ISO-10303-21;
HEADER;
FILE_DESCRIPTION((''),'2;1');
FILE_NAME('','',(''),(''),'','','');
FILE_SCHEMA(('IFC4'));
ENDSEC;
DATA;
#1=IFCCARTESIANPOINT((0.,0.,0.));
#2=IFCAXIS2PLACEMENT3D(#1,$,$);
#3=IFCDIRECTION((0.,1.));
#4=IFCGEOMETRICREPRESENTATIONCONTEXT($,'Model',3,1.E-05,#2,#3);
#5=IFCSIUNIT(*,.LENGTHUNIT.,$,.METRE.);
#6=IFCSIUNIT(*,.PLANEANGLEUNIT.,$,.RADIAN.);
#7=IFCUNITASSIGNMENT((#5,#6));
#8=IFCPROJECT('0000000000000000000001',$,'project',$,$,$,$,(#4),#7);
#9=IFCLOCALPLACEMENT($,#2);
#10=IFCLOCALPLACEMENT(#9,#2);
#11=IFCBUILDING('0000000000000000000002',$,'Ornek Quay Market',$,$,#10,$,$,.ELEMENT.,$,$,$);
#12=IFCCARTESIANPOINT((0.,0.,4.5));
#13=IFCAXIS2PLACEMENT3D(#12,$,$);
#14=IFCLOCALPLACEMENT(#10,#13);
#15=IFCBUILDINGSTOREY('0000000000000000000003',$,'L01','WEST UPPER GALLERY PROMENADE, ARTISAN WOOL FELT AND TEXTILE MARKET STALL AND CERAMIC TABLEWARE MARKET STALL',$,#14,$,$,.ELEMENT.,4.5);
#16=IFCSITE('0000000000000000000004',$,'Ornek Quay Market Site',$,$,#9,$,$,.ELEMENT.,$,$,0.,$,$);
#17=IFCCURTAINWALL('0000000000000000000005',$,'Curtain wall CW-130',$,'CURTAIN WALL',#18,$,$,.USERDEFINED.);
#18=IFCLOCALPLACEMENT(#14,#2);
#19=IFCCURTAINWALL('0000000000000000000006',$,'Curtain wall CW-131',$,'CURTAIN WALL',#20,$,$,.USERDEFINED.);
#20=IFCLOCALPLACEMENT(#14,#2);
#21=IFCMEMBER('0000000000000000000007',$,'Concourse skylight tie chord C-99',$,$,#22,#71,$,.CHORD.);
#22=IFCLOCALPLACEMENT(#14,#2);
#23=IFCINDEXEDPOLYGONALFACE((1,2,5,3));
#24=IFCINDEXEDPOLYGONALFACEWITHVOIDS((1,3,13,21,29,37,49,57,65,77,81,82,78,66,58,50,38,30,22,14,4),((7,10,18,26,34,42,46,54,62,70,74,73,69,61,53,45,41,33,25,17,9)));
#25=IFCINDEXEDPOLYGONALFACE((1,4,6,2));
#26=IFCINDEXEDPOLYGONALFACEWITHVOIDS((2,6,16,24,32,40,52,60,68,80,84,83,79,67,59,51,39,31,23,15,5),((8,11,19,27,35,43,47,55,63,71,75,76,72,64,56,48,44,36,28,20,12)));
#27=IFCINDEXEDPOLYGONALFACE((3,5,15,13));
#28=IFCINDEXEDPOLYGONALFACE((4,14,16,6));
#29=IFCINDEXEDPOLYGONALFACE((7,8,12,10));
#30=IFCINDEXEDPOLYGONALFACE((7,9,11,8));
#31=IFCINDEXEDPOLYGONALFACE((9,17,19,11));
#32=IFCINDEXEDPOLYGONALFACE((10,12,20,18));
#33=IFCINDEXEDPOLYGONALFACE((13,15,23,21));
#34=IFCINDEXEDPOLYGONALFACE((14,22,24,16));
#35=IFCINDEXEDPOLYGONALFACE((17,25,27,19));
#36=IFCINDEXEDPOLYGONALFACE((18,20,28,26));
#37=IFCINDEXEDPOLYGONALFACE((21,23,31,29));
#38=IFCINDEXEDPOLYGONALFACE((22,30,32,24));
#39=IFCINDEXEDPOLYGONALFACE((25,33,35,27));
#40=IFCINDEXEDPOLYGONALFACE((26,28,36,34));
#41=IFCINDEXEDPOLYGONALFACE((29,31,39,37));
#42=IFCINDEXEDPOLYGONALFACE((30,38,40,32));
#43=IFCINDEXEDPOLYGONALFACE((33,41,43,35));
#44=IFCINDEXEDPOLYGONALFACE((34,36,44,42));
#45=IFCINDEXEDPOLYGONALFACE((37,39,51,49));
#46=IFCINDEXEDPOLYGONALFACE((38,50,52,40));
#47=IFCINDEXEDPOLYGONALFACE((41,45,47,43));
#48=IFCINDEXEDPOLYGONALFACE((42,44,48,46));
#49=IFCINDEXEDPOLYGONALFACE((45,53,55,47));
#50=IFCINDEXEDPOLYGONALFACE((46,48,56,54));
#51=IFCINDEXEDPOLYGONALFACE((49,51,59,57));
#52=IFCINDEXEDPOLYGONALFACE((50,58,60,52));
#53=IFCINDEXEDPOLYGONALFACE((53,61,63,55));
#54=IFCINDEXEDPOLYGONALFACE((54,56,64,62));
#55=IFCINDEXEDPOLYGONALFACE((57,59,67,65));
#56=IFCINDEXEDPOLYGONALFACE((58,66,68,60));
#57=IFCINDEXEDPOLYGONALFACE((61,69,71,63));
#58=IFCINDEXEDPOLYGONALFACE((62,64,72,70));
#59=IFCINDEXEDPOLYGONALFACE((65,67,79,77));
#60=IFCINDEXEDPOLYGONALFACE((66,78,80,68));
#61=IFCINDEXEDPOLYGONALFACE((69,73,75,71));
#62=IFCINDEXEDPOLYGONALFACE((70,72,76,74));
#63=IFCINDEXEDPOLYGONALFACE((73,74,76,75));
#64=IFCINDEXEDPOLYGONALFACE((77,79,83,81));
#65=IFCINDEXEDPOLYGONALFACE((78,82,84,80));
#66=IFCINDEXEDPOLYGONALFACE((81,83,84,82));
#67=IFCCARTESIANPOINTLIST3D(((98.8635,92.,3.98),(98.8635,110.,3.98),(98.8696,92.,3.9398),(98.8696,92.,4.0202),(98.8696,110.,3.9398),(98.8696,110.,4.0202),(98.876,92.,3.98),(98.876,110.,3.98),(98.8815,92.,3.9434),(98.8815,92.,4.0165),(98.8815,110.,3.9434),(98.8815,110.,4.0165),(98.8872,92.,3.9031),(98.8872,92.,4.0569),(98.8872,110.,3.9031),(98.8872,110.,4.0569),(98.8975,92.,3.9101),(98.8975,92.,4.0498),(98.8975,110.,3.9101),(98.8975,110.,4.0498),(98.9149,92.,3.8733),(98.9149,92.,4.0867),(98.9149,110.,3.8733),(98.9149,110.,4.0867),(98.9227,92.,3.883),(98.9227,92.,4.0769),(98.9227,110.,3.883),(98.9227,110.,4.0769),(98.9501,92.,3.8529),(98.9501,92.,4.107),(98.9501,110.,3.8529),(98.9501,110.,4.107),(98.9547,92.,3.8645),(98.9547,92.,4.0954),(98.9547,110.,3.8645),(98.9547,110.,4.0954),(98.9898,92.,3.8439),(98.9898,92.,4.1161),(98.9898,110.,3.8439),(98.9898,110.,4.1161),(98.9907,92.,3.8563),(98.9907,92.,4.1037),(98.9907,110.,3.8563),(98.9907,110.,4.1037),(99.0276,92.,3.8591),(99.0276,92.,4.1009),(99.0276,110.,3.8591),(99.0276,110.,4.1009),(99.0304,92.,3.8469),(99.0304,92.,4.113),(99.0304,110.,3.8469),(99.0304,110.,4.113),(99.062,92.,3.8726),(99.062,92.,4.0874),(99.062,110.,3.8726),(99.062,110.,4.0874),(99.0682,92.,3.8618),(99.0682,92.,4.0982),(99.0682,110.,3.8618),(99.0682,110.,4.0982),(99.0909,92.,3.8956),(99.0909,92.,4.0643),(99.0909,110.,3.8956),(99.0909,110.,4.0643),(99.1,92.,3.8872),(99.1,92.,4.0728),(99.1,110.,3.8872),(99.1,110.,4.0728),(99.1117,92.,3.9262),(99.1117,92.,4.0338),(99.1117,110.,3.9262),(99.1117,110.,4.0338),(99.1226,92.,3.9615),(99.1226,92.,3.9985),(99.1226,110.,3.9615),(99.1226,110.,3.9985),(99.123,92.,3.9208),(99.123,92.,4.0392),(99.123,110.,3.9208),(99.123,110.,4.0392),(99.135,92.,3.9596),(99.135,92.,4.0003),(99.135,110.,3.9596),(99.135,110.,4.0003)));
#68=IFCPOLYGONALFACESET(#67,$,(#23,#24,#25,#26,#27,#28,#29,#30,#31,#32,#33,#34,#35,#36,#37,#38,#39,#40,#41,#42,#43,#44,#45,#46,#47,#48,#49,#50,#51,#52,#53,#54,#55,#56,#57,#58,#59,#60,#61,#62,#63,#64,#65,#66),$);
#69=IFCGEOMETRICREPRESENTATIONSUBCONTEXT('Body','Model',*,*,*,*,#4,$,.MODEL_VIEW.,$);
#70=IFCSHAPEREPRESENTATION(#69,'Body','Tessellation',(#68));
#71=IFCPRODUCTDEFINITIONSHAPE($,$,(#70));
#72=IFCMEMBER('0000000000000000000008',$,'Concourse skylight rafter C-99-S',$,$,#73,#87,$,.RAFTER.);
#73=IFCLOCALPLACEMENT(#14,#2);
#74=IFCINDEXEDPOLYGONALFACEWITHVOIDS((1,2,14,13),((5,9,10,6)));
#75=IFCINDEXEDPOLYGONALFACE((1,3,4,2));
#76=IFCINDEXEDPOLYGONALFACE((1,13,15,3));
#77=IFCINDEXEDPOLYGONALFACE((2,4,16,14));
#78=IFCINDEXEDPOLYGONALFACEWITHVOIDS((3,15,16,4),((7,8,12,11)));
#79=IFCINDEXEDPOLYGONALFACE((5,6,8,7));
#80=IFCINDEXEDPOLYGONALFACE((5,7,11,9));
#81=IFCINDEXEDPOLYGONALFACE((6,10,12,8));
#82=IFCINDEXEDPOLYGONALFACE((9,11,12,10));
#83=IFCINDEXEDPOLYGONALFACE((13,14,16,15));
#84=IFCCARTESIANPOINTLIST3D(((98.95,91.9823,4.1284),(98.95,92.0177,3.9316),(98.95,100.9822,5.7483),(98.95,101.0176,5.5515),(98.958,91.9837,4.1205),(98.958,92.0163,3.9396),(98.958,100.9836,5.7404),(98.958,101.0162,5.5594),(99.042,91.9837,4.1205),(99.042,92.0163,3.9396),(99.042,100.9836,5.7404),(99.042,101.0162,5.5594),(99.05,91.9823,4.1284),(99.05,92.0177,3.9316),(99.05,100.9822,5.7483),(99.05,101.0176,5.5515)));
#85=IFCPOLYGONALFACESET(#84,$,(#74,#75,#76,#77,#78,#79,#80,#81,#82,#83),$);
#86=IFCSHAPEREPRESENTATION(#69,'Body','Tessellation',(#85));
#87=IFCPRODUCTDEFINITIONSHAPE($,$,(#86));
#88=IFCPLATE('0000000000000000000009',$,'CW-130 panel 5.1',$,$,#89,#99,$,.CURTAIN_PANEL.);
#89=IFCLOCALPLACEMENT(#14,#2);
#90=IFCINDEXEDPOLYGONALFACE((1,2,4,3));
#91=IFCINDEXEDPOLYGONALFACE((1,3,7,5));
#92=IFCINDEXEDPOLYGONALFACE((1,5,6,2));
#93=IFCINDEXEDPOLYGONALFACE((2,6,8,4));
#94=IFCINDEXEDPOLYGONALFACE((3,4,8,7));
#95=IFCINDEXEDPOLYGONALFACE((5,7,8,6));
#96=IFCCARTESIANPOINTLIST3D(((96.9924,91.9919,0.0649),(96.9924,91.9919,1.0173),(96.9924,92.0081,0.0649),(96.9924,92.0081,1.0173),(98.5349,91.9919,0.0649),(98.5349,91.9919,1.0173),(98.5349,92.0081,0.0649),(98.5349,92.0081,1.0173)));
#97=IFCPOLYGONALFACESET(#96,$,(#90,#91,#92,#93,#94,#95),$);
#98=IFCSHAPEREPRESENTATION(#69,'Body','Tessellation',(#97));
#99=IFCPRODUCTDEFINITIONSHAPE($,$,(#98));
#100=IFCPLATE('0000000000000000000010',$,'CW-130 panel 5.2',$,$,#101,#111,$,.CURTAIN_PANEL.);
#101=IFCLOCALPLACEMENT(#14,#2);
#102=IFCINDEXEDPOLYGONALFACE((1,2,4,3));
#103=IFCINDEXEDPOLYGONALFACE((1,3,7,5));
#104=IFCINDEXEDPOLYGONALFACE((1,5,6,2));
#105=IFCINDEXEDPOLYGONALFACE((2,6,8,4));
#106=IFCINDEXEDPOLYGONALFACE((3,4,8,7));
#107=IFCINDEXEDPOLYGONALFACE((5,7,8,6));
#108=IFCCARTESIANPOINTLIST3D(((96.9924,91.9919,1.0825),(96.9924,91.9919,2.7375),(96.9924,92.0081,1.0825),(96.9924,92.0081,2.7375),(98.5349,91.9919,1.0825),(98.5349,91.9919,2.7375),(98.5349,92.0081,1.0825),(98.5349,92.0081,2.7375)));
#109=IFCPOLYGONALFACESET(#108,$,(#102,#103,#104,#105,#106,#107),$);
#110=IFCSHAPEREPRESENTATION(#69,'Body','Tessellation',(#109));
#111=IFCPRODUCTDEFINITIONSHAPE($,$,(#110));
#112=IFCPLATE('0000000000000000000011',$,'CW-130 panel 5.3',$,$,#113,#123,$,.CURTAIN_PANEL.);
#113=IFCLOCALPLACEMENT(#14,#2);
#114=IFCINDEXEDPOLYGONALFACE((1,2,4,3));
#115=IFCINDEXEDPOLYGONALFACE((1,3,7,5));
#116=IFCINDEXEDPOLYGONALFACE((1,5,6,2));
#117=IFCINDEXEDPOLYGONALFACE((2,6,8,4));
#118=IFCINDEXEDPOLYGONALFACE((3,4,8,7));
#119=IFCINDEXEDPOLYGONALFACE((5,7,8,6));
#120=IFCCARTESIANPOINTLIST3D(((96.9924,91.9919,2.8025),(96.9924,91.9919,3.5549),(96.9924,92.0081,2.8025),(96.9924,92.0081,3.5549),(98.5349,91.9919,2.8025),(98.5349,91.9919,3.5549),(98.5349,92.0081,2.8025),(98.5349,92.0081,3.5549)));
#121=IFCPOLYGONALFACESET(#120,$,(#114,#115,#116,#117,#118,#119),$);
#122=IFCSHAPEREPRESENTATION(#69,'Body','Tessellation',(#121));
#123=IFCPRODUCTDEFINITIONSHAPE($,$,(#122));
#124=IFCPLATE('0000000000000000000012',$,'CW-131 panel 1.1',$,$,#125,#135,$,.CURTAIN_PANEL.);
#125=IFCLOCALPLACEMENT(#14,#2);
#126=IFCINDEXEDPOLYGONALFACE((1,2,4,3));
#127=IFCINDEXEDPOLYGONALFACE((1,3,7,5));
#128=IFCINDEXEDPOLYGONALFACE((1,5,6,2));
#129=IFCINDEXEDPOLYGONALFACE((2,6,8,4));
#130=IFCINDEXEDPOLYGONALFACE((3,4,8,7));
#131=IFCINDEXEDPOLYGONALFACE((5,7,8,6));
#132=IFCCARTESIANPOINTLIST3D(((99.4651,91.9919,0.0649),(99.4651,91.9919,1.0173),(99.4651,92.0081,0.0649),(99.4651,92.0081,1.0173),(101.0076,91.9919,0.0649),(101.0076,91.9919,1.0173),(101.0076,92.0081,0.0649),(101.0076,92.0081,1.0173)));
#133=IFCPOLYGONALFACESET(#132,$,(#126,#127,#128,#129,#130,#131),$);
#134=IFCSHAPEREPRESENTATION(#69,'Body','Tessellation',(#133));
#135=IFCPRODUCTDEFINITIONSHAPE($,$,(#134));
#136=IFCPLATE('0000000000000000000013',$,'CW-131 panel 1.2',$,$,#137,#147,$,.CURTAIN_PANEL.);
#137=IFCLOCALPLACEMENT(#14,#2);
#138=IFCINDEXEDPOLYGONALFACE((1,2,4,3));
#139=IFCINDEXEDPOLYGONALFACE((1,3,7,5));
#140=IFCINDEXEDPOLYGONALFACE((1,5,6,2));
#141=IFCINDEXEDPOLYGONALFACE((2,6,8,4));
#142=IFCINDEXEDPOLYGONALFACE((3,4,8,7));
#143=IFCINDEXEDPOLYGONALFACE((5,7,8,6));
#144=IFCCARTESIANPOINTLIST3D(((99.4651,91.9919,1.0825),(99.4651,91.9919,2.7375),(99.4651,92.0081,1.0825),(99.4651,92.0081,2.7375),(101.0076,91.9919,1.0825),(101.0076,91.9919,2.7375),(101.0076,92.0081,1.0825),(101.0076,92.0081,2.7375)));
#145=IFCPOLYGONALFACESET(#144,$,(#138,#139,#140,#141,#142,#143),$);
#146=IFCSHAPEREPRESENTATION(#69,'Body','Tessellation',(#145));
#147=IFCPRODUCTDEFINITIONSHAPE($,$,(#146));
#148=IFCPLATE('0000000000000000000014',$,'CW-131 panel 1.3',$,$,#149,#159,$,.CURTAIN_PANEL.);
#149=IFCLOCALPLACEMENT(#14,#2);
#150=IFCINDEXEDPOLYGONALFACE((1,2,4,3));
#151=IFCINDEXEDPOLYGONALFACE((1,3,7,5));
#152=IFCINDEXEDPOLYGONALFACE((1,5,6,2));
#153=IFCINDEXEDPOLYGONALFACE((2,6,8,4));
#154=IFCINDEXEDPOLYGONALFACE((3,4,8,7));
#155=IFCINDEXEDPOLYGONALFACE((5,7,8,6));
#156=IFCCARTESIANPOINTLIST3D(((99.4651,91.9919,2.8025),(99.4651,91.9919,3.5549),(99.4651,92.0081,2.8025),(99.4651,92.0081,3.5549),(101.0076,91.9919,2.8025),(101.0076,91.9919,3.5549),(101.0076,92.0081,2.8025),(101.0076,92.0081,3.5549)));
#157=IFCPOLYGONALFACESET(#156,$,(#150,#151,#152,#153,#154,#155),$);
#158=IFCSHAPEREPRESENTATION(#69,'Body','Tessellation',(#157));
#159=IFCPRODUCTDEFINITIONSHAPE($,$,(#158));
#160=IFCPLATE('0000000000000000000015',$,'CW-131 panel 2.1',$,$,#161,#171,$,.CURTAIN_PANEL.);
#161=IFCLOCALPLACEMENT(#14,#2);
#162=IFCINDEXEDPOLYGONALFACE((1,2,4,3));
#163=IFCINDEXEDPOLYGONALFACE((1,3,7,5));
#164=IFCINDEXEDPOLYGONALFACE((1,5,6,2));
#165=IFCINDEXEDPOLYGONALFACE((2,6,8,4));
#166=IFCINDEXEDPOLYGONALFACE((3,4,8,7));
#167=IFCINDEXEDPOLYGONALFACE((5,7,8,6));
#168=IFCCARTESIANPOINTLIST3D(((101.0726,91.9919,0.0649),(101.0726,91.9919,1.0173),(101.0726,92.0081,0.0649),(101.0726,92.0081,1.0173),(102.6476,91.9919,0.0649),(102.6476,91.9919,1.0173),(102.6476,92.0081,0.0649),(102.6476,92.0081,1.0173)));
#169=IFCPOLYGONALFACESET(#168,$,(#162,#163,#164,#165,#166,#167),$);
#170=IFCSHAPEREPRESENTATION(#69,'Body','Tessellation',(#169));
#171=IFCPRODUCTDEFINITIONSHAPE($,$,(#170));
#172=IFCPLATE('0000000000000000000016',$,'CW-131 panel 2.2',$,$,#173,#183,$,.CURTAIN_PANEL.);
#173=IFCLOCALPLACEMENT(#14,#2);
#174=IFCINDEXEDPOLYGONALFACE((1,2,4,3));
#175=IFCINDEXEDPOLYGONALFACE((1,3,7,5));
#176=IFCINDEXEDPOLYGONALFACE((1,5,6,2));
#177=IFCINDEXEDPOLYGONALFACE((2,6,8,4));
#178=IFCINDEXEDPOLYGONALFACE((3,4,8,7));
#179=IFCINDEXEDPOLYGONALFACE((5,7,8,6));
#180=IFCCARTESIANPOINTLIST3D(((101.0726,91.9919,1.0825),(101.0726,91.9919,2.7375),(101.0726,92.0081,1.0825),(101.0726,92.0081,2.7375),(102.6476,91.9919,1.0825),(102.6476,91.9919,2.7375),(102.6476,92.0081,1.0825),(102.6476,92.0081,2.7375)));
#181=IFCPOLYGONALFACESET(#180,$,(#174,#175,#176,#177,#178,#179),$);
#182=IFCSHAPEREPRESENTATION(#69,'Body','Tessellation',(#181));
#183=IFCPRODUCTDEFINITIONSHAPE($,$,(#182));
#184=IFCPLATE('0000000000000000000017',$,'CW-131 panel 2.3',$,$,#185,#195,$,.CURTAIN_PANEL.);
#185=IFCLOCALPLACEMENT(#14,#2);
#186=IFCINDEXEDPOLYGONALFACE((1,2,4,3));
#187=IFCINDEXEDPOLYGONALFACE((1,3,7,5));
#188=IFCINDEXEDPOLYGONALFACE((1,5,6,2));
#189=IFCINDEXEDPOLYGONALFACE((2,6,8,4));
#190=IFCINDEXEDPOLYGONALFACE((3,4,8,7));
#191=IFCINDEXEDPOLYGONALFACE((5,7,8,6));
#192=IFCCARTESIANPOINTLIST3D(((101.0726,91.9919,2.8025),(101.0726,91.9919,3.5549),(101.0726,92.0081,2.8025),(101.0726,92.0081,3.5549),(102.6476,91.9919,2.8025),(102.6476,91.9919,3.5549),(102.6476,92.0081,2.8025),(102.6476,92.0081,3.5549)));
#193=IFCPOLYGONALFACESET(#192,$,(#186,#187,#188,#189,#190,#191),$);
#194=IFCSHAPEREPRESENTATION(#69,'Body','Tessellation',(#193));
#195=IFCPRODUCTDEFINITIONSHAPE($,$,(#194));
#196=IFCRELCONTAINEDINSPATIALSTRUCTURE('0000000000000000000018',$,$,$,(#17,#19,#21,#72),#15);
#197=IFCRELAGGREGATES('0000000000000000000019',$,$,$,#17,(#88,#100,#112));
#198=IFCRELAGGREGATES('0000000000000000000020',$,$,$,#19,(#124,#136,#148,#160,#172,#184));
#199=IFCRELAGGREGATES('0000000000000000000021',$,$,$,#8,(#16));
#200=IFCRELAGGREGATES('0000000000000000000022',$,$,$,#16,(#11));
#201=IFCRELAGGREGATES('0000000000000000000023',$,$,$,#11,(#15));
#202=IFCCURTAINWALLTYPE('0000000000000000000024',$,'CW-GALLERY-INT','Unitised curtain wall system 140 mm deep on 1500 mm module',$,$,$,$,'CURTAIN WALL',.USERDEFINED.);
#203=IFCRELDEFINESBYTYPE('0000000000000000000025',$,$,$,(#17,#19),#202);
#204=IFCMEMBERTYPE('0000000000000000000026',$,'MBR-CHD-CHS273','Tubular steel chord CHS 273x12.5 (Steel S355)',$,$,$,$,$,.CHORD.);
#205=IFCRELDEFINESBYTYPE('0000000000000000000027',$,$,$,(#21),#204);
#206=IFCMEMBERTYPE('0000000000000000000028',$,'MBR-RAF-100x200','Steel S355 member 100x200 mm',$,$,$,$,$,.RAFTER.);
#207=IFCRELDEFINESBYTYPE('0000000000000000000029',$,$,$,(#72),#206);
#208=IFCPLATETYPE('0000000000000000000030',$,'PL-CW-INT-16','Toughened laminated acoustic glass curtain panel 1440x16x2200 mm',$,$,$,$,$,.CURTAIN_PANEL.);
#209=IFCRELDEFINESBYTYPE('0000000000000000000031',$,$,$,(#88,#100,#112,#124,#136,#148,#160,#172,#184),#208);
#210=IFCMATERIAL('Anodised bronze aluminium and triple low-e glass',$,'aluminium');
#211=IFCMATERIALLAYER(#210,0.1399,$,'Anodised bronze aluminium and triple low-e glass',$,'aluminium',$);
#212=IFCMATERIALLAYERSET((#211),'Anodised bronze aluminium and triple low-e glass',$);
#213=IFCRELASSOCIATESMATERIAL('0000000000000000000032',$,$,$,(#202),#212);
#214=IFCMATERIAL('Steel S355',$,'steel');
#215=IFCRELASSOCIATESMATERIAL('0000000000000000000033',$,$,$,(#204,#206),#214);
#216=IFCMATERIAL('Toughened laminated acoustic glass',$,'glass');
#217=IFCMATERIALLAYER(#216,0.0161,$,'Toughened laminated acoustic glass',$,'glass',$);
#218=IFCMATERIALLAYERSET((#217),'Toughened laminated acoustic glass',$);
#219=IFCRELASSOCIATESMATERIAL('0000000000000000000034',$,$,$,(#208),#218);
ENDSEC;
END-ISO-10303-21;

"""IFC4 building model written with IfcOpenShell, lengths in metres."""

from ifc_helpers import new_model, si_unit, direction, frame, origin, origin_2d, place, context, subcontext, project, spatial, rectangle, hollow_rectangle, hollow_circle, extrude, material, layer, layer_set, material_profile, profile_set, type_object, element, aggregate, save


model = new_model("IFC4")

# Units and contexts
model_context = context("Model", 3, precision=1e-05, world=origin(), true_north=direction((0.0, 1.0)))
body_context = subcontext(model_context, "Body", "Model", "MODEL_VIEW")
ifc_project = project(units=[si_unit("LENGTHUNIT", "METRE"), si_unit("PLANEANGLEUNIT", "RADIAN")], contexts=[model_context])

# Site, building, storey
site_placement = place(None, origin())
site = spatial("IfcSite", under=ifc_project, at=site_placement, Name="Ornek Quay Market Site", CompositionType="ELEMENT", RefElevation=0.0)
building_placement = place(site_placement, origin())
building = spatial("IfcBuilding", under=site, at=building_placement, Name="Ornek Quay Market", CompositionType="ELEMENT")
storey_placement = place(building_placement, frame((0.0, 0.0, 4.5)))
storey = spatial("IfcBuildingStorey", under=building, at=storey_placement, Name="L01", Description="WEST UPPER GALLERY PROMENADE, ARTISAN WOOL FELT AND TEXTILE MARKET STALL AND CERAMIC TABLEWARE MARKET STALL", CompositionType="ELEMENT", Elevation=4.5)

# Curtain walls
ifc_material_1 = material(Name="Anodised bronze aluminium and triple low-e glass", Category="aluminium")
ifc_layer_1 = layer(ifc_material_1, 0.1399, Name="Anodised bronze aluminium and triple low-e glass", Category="aluminium")
ifc_layer_set_1 = layer_set([ifc_layer_1], Name="Anodised bronze aluminium and triple low-e glass")
curtain_wall_type = type_object("IfcCurtainWallType", Name="CW-GALLERY-INT", Description="Unitised curtain wall system 140 mm deep on 1500 mm module", ElementType="CURTAIN WALL", PredefinedType="USERDEFINED", material=ifc_layer_set_1)
curtain_wall_1_placement = place(storey_placement, origin())
curtain_wall_1 = element("IfcCurtainWall", 1, at=curtain_wall_1_placement, inside=storey, type_object=curtain_wall_type, Name="Curtain wall CW-130", ObjectType="CURTAIN WALL", PredefinedType="USERDEFINED")
curtain_wall_2_placement = place(storey_placement, origin())
curtain_wall_2 = element("IfcCurtainWall", 2, at=curtain_wall_2_placement, inside=storey, type_object=curtain_wall_type, Name="Curtain wall CW-131", ObjectType="CURTAIN WALL", PredefinedType="USERDEFINED")

# Members
ifc_material_2 = material(Name="Steel S355", Category="steel")
ifc_material_profile_1 = material_profile(ifc_material_2, hollow_circle(Radius=0.1365, WallThickness=0.0125, at=origin_2d()), Name="CHS 273x12.5", Category="steel")
ifc_profile_set_1 = profile_set([ifc_material_profile_1], Name="Steel S355")
member_type_1 = type_object("IfcMemberType", Name="MBR-CHD-CHS273", Description="Tubular steel chord CHS 273x12.5 (Steel S355)", PredefinedType="CHORD", material=ifc_profile_set_1)
member_1_placement = place(storey_placement, frame((99.0, 92.0, 3.98), z_axis=(0.0, 1.0, 0.0), x_axis=(-1.0, 0.0, 0.0)))
element("IfcMember", 3, at=member_1_placement, inside=storey, type_object=member_type_1, Name="Concourse skylight tie chord C-99", PredefinedType="CHORD", context=body_context, shape_type="SweptSolid", body=[
    extrude(hollow_circle(Radius=0.1365, WallThickness=0.0125, at=origin_2d()), origin(), (0.0, 0.0, 1.0), 18.0),
])
ifc_material_profile_2 = material_profile(ifc_material_2, hollow_rectangle(XDim=0.1001, YDim=0.2, WallThickness=0.0081, at=origin_2d()), Name="MBR-RAF-100x200", Category="steel")
ifc_profile_set_2 = profile_set([ifc_material_profile_2], Name="Steel S355")
member_type_2 = type_object("IfcMemberType", Name="MBR-RAF-100x200", Description="Steel S355 member 100x200 mm", PredefinedType="RAFTER", material=ifc_profile_set_2)
member_2_placement = place(storey_placement, frame((99.0, 92.0, 4.03), z_axis=(0.0, 0.984186, 0.17714), x_axis=(-1.0, 0.0, 0.0)))
element("IfcMember", 4, at=member_2_placement, inside=storey, type_object=member_type_2, Name="Concourse skylight rafter C-99-S", PredefinedType="RAFTER", context=body_context, shape_type="SweptSolid", body=[
    extrude(hollow_rectangle(XDim=0.1001, YDim=0.2, WallThickness=0.0081, at=origin_2d()), origin(), (0.0, 0.0, 1.0), 9.1445),
])

# Plates
ifc_material_3 = material(Name="Toughened laminated acoustic glass", Category="glass")
ifc_layer_2 = layer(ifc_material_3, 0.0161, Name="Toughened laminated acoustic glass", Category="glass")
ifc_layer_set_2 = layer_set([ifc_layer_2], Name="Toughened laminated acoustic glass")
plate_type_1 = type_object("IfcPlateType", Name="PL-CW-INT-16", Description="Toughened laminated acoustic glass curtain panel 1440x16x2200 mm", PredefinedType="CURTAIN_PANEL", material=ifc_layer_set_2)
plate_1_placement = place(storey_placement, frame((97.7637, 92.0, 0.0649), z_axis=(0.0, 0.0, 1.0), x_axis=(1.0, 0.0, 0.0)))
plate_1 = element("IfcPlate", 5, at=plate_1_placement, type_object=plate_type_1, Name="CW-130 panel 5.1", PredefinedType="CURTAIN_PANEL", context=body_context, shape_type="SweptSolid", body=[
    extrude(rectangle(XDim=1.5425, YDim=0.0161, at=origin_2d()), origin(), (0.0, 0.0, 1.0), 0.9524),
])
plate_2_placement = place(storey_placement, frame((97.7637, 92.0, 1.0825), z_axis=(0.0, 0.0, 1.0), x_axis=(1.0, 0.0, 0.0)))
plate_2 = element("IfcPlate", 6, at=plate_2_placement, type_object=plate_type_1, Name="CW-130 panel 5.2", PredefinedType="CURTAIN_PANEL", context=body_context, shape_type="SweptSolid", body=[
    extrude(rectangle(XDim=1.5425, YDim=0.0161, at=origin_2d()), origin(), (0.0, 0.0, 1.0), 1.655),
])
plate_3_placement = place(storey_placement, frame((97.7637, 92.0, 2.8025), z_axis=(0.0, 0.0, 1.0), x_axis=(1.0, 0.0, 0.0)))
plate_3 = element("IfcPlate", 7, at=plate_3_placement, type_object=plate_type_1, Name="CW-130 panel 5.3", PredefinedType="CURTAIN_PANEL", context=body_context, shape_type="SweptSolid", body=[
    extrude(rectangle(XDim=1.5425, YDim=0.0161, at=origin_2d()), origin(), (0.0, 0.0, 1.0), 0.7524),
])
aggregate(curtain_wall_1, [plate_1, plate_2, plate_3])
plate_4_placement = place(storey_placement, frame((100.2363, 92.0, 0.0649), z_axis=(0.0, 0.0, 1.0), x_axis=(1.0, 0.0, 0.0)))
plate_4 = element("IfcPlate", 8, at=plate_4_placement, type_object=plate_type_1, Name="CW-131 panel 1.1", PredefinedType="CURTAIN_PANEL", context=body_context, shape_type="SweptSolid", body=[
    extrude(rectangle(XDim=1.5425, YDim=0.0161, at=origin_2d()), origin(), (0.0, 0.0, 1.0), 0.9524),
])
plate_5_placement = place(storey_placement, frame((100.2363, 92.0, 1.0825), z_axis=(0.0, 0.0, 1.0), x_axis=(1.0, 0.0, 0.0)))
plate_5 = element("IfcPlate", 9, at=plate_5_placement, type_object=plate_type_1, Name="CW-131 panel 1.2", PredefinedType="CURTAIN_PANEL", context=body_context, shape_type="SweptSolid", body=[
    extrude(rectangle(XDim=1.5425, YDim=0.0161, at=origin_2d()), origin(), (0.0, 0.0, 1.0), 1.655),
])
plate_6_placement = place(storey_placement, frame((100.2363, 92.0, 2.8025), z_axis=(0.0, 0.0, 1.0), x_axis=(1.0, 0.0, 0.0)))
plate_6 = element("IfcPlate", 10, at=plate_6_placement, type_object=plate_type_1, Name="CW-131 panel 1.3", PredefinedType="CURTAIN_PANEL", context=body_context, shape_type="SweptSolid", body=[
    extrude(rectangle(XDim=1.5425, YDim=0.0161, at=origin_2d()), origin(), (0.0, 0.0, 1.0), 0.7524),
])
plate_7_placement = place(storey_placement, frame((101.8601, 92.0, 0.0649), z_axis=(0.0, 0.0, 1.0), x_axis=(1.0, 0.0, 0.0)))
plate_7 = element("IfcPlate", 11, at=plate_7_placement, type_object=plate_type_1, Name="CW-131 panel 2.1", PredefinedType="CURTAIN_PANEL", context=body_context, shape_type="SweptSolid", body=[
    extrude(rectangle(XDim=1.575, YDim=0.0161, at=origin_2d()), origin(), (0.0, 0.0, 1.0), 0.9524),
])
plate_8_placement = place(storey_placement, frame((101.8601, 92.0, 1.0825), z_axis=(0.0, 0.0, 1.0), x_axis=(1.0, 0.0, 0.0)))
plate_8 = element("IfcPlate", 12, at=plate_8_placement, type_object=plate_type_1, Name="CW-131 panel 2.2", PredefinedType="CURTAIN_PANEL", context=body_context, shape_type="SweptSolid", body=[
    extrude(rectangle(XDim=1.575, YDim=0.0161, at=origin_2d()), origin(), (0.0, 0.0, 1.0), 1.655),
])
plate_9_placement = place(storey_placement, frame((101.8601, 92.0, 2.8025), z_axis=(0.0, 0.0, 1.0), x_axis=(1.0, 0.0, 0.0)))
plate_9 = element("IfcPlate", 13, at=plate_9_placement, type_object=plate_type_1, Name="CW-131 panel 2.3", PredefinedType="CURTAIN_PANEL", context=body_context, shape_type="SweptSolid", body=[
    extrude(rectangle(XDim=1.575, YDim=0.0161, at=origin_2d()), origin(), (0.0, 0.0, 1.0), 0.7524),
])
aggregate(curtain_wall_2, [plate_4, plate_5, plate_6, plate_7, plate_8, plate_9])

save(model, "model.ifc")
